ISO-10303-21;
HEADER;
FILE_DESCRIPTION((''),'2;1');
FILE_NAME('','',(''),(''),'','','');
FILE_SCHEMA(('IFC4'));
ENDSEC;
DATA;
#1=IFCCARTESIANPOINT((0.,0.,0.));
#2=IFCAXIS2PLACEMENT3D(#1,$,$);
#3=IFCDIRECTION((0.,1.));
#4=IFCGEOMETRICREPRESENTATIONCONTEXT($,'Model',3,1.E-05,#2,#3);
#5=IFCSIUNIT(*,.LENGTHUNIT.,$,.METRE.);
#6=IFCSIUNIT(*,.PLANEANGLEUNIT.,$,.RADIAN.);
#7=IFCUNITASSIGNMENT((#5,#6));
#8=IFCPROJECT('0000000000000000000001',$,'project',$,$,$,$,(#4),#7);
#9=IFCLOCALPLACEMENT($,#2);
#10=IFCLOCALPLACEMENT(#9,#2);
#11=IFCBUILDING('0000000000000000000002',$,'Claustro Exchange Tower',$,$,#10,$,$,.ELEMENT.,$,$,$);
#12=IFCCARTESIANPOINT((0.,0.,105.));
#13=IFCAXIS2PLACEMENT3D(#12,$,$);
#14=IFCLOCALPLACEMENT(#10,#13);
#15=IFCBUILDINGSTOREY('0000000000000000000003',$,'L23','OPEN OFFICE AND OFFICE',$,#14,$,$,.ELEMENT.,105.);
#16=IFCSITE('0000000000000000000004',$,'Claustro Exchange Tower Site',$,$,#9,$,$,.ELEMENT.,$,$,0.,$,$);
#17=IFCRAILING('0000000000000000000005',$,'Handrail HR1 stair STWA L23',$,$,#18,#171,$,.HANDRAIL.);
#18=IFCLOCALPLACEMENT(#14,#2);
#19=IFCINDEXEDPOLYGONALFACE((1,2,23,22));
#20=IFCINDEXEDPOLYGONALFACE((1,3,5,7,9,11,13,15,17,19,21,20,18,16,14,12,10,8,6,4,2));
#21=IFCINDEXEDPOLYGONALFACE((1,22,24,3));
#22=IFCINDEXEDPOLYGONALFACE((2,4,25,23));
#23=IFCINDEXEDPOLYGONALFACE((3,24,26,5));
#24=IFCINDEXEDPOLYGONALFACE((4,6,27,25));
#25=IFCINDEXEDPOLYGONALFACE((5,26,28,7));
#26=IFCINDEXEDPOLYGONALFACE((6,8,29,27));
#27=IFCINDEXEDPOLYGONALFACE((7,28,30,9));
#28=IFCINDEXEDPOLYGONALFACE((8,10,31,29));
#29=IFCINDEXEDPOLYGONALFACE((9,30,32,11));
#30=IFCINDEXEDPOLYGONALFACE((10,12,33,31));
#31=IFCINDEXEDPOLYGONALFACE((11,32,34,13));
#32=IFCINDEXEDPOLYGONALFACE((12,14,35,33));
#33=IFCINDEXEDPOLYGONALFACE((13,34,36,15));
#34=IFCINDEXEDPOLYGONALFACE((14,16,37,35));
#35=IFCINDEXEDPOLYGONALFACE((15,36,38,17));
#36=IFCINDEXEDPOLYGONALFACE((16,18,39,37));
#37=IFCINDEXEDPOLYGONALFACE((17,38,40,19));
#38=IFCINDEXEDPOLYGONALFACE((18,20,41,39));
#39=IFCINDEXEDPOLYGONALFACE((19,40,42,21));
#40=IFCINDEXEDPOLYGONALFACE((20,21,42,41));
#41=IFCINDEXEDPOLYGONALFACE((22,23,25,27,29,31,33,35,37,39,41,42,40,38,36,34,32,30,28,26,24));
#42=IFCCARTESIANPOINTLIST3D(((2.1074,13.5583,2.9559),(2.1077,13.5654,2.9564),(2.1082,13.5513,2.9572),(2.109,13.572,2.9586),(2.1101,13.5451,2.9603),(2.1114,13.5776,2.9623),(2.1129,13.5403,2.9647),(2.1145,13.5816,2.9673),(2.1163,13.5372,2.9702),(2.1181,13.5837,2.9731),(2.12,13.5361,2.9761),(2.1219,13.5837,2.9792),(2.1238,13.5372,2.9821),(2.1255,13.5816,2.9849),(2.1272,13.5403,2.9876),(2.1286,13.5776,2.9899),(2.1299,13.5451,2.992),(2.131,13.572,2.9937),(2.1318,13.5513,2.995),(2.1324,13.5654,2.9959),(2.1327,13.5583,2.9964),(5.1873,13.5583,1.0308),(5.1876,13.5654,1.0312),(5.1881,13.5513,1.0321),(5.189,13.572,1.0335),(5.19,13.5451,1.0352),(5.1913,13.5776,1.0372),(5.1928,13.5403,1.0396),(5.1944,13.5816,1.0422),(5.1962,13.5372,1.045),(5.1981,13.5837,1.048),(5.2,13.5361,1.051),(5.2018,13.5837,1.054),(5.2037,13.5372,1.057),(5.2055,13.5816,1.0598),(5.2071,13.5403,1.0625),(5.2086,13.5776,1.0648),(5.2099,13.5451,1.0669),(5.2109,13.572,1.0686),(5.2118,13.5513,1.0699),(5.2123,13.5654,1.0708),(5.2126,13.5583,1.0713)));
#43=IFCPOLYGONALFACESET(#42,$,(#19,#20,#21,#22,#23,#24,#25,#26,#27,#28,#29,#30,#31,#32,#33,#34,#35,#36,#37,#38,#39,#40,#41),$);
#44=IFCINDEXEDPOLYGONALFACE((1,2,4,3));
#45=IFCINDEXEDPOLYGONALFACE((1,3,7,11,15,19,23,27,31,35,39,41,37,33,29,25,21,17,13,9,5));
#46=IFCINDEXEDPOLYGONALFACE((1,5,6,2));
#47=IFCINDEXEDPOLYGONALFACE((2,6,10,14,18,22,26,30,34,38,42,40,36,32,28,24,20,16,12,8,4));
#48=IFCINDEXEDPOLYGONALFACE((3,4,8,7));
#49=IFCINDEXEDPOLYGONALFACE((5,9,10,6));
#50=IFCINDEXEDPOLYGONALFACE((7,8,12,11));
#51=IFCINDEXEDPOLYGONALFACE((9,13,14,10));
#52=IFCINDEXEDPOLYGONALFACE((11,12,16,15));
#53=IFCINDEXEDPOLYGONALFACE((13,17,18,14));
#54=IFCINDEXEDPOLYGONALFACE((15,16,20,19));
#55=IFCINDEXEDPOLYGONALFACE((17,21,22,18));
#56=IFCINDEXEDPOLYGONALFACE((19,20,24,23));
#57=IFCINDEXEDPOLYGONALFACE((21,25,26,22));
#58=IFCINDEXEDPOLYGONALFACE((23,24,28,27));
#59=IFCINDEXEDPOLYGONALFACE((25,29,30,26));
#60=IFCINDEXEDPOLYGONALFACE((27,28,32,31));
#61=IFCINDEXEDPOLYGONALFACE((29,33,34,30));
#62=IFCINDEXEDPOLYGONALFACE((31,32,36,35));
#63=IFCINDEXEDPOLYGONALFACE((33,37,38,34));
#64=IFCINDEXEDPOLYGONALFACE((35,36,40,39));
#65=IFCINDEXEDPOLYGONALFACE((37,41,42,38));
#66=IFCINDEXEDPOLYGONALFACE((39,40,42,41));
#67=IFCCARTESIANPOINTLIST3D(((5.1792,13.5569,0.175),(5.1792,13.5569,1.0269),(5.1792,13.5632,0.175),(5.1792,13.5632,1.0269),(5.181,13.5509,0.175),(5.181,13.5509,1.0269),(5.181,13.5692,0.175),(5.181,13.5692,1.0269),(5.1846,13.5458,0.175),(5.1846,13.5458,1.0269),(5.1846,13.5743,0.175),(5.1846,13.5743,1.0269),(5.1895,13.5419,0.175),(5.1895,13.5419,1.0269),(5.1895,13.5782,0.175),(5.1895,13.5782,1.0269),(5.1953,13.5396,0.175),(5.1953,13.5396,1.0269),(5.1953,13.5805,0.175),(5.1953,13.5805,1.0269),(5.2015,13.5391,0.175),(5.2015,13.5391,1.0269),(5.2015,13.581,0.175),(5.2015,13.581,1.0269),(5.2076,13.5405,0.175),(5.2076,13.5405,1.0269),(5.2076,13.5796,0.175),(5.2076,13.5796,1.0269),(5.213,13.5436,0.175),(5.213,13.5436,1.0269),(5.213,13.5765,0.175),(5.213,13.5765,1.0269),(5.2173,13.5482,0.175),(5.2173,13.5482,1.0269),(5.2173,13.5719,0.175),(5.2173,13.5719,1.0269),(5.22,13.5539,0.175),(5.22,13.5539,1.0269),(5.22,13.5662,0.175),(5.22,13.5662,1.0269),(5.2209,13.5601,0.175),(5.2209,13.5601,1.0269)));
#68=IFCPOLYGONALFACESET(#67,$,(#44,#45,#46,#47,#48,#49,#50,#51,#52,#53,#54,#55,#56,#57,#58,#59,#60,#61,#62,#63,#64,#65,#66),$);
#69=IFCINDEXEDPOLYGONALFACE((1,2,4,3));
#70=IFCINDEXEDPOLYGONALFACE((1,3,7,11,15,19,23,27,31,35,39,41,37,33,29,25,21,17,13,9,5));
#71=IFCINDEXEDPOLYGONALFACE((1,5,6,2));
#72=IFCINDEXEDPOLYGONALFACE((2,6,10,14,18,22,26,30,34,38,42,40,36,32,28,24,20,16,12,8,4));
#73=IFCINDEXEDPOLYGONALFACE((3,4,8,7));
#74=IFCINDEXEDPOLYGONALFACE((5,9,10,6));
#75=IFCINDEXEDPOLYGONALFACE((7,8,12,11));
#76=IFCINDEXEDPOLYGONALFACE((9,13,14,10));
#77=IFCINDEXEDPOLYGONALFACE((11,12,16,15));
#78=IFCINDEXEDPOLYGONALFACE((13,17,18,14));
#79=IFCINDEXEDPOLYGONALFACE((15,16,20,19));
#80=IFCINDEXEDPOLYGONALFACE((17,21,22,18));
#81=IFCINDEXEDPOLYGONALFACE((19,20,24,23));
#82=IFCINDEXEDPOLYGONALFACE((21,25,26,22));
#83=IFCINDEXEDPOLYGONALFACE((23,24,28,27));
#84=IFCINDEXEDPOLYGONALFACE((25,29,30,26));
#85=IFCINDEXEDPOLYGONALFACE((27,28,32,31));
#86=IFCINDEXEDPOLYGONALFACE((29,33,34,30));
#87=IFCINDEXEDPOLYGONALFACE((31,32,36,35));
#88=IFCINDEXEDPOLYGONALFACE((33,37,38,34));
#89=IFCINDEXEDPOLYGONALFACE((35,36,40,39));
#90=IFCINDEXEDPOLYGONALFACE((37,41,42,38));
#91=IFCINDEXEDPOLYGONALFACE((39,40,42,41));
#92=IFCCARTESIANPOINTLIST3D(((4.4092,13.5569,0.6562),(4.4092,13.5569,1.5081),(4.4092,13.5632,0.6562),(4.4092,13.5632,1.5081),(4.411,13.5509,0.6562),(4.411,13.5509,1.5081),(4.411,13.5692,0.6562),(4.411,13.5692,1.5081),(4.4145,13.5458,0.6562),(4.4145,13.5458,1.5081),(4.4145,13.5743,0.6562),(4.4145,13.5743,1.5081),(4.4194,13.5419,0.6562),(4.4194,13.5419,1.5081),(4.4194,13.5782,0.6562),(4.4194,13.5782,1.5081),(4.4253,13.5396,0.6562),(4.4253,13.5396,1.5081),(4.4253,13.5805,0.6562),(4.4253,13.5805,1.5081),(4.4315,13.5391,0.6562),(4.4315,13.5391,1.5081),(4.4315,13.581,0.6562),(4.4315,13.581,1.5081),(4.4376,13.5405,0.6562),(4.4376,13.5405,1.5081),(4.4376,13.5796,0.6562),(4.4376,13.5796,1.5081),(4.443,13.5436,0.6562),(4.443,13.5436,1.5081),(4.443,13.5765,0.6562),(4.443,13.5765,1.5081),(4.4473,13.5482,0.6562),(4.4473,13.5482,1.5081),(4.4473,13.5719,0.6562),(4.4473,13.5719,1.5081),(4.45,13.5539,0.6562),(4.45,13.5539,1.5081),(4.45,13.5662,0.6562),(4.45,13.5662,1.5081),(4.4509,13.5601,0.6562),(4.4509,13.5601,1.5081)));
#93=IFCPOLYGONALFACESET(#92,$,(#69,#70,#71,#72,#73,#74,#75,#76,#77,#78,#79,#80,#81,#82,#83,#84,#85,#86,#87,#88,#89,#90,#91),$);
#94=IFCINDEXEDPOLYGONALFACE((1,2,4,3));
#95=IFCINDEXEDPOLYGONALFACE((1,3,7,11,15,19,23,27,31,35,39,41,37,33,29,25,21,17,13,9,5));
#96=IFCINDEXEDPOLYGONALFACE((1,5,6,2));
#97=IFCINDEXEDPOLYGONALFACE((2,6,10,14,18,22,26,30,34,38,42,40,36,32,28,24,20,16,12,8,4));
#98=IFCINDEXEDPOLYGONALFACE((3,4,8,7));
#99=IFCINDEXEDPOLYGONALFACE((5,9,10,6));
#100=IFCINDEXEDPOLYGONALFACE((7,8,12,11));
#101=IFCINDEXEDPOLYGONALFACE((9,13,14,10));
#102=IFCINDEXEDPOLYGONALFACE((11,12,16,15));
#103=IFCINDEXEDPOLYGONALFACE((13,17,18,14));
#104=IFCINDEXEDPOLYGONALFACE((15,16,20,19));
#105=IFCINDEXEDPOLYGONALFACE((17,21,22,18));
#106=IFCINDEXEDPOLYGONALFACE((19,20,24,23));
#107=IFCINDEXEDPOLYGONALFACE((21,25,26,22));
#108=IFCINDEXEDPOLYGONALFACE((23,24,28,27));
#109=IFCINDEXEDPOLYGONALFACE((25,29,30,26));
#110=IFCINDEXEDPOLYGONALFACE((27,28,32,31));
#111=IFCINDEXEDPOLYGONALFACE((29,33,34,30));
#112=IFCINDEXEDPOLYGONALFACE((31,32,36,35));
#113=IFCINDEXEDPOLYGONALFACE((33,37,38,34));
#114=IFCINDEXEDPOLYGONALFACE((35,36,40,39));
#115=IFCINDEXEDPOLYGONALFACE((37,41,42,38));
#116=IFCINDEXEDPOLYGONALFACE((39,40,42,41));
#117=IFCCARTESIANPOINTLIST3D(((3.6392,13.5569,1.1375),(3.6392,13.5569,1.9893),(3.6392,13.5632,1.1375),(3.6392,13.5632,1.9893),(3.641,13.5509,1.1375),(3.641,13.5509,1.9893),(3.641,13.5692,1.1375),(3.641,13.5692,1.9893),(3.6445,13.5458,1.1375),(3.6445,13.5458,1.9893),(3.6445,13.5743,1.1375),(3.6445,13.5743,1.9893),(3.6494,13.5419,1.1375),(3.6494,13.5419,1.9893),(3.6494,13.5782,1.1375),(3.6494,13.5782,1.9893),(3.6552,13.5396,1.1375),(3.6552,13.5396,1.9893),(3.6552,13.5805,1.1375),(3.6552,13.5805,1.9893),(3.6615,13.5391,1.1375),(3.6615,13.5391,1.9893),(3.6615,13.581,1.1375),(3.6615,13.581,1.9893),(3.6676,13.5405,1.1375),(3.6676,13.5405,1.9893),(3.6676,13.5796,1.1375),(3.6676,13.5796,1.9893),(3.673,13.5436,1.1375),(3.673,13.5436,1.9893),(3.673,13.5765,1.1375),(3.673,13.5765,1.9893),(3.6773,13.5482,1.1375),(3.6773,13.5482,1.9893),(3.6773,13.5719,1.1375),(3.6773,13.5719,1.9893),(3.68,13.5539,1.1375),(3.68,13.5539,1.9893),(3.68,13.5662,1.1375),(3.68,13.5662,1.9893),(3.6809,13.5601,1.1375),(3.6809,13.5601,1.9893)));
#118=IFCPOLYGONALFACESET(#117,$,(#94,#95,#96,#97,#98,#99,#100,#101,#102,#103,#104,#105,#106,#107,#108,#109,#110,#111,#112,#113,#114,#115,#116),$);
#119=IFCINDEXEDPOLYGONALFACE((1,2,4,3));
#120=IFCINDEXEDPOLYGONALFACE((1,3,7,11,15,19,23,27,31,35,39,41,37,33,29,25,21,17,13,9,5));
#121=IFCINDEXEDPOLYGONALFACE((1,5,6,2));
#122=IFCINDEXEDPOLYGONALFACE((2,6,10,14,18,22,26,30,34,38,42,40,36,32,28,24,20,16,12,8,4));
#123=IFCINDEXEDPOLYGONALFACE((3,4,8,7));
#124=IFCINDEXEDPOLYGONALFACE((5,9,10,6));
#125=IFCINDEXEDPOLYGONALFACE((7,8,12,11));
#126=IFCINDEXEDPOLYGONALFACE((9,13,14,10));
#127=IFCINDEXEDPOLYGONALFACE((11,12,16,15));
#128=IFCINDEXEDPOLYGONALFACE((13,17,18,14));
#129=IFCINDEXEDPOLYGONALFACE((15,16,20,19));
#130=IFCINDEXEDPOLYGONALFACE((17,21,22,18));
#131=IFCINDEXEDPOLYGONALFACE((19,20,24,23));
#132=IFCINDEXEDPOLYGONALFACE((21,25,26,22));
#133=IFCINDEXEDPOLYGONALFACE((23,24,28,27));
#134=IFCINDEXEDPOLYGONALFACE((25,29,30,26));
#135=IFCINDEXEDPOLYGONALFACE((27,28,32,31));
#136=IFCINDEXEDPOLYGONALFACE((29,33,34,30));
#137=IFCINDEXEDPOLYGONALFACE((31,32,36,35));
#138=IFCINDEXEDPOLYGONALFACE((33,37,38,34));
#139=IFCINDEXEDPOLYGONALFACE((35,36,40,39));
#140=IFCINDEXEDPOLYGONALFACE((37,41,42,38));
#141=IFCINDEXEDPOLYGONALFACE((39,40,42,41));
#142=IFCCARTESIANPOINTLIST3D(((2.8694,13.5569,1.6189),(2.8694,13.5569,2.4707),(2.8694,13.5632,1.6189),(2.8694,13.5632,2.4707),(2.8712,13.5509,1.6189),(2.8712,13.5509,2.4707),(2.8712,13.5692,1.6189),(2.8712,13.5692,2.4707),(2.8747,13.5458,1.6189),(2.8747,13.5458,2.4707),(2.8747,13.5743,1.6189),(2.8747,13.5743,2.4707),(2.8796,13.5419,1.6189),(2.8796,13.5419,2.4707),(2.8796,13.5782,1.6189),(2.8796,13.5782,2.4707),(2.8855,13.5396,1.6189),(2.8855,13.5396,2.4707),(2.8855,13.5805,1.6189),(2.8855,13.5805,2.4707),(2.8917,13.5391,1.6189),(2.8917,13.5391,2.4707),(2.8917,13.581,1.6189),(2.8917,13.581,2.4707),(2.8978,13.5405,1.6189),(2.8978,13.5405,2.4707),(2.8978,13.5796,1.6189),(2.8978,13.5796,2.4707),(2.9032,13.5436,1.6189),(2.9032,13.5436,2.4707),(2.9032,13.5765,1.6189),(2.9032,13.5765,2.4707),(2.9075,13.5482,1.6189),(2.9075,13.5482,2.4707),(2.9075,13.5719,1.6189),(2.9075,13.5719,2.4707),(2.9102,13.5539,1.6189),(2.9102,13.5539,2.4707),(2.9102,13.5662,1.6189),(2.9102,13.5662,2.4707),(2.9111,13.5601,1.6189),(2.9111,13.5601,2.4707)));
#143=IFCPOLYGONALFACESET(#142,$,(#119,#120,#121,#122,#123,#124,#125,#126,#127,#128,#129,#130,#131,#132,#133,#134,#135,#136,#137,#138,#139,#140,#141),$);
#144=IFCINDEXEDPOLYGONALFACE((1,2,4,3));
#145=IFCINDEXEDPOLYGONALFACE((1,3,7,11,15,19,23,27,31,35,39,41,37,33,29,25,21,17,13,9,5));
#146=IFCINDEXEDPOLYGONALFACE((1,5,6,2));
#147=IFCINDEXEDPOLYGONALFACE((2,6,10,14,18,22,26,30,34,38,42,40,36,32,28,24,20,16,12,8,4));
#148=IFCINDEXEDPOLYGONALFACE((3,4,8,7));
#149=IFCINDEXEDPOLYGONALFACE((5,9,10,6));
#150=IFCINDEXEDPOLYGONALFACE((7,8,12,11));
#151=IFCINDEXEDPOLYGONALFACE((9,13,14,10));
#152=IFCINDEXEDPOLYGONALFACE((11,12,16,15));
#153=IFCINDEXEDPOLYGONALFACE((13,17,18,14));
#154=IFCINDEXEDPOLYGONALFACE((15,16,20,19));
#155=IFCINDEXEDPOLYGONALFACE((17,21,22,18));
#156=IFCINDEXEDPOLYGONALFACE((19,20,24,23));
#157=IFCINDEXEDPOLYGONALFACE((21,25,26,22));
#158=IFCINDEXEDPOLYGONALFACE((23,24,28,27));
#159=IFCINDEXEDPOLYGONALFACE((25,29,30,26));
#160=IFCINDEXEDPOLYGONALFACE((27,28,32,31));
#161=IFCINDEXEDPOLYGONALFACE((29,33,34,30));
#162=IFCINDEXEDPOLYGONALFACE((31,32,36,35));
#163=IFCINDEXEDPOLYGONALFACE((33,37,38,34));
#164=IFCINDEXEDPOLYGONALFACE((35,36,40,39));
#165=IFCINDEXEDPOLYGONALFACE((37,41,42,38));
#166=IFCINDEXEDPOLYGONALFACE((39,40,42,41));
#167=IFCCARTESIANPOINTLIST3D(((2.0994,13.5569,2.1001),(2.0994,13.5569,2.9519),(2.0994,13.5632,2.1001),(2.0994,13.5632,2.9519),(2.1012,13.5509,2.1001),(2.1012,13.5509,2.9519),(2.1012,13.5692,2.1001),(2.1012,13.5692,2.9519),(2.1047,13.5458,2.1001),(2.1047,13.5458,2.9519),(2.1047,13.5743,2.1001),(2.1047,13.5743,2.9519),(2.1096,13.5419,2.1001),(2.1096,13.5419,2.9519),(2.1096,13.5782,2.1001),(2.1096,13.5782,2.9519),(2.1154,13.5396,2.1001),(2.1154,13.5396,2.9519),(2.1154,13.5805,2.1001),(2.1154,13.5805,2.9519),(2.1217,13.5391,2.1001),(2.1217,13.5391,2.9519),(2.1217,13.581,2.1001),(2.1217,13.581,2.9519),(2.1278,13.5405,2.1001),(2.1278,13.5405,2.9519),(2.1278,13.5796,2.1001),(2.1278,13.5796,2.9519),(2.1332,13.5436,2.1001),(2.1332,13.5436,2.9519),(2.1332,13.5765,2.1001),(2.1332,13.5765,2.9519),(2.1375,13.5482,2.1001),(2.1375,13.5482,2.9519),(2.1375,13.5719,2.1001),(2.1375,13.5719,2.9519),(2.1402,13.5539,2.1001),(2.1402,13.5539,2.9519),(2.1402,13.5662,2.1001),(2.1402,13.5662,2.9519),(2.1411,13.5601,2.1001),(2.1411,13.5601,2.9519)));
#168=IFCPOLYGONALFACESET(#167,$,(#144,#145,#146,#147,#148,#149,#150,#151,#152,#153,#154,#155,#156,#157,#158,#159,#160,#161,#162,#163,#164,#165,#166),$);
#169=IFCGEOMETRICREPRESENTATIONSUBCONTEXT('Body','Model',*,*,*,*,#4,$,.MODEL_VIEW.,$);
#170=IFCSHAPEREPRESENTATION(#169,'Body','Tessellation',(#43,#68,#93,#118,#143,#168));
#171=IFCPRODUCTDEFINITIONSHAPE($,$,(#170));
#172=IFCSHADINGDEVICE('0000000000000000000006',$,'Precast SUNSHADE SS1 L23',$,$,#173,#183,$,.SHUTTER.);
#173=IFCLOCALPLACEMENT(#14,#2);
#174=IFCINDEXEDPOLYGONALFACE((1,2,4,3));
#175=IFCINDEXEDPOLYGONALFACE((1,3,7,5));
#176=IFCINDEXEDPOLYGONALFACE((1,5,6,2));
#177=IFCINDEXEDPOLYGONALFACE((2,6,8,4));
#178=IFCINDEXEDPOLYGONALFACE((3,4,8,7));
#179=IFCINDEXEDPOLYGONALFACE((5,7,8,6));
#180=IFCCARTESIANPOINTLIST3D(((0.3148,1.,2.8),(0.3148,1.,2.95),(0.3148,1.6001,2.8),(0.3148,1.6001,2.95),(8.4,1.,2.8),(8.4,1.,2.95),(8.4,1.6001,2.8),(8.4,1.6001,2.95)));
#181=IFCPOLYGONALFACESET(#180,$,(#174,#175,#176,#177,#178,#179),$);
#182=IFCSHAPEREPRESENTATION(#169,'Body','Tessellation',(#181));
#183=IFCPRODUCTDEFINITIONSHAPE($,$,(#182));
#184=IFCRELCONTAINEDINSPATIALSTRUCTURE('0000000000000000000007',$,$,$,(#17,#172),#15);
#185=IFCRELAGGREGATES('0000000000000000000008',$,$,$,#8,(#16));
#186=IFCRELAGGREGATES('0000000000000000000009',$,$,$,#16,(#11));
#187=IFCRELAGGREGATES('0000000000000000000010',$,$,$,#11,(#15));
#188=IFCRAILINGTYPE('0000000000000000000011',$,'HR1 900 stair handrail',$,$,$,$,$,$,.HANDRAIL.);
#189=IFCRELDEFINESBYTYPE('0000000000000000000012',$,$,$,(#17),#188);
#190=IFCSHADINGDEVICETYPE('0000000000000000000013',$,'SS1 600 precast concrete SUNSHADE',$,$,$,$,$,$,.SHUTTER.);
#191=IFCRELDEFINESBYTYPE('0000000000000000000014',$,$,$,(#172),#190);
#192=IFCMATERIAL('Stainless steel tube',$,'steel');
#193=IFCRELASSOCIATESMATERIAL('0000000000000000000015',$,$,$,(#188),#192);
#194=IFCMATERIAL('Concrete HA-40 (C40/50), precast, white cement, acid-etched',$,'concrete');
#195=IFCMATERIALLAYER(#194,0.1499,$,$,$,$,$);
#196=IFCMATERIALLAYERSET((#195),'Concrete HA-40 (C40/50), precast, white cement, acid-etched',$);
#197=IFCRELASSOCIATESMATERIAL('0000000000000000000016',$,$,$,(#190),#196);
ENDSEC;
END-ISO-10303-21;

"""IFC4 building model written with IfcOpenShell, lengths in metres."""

from ifc_helpers import new_model, si_unit, direction, frame, origin, origin_2d, place, context, subcontext, project, spatial, rectangle, circle, extrude, material, layer, layer_set, type_object, element, save


model = new_model("IFC4")

# Units and contexts
model_context = context("Model", 3, precision=1e-05, world=origin(), true_north=direction((0.0, 1.0)))
body_context = subcontext(model_context, "Body", "Model", "MODEL_VIEW")
ifc_project = project(units=[si_unit("LENGTHUNIT", "METRE"), si_unit("PLANEANGLEUNIT", "RADIAN")], contexts=[model_context])

# Site, building, storey
site_placement = place(None, origin())
site = spatial("IfcSite", under=ifc_project, at=site_placement, Name="Claustro Exchange Tower Site", CompositionType="ELEMENT", RefElevation=0.0)
building_placement = place(site_placement, origin())
building = spatial("IfcBuilding", under=site, at=building_placement, Name="Claustro Exchange Tower", CompositionType="ELEMENT")
storey_placement = place(building_placement, frame((0.0, 0.0, 105.0)))
storey = spatial("IfcBuildingStorey", under=building, at=storey_placement, Name="L23", Description="OPEN OFFICE AND OFFICE", CompositionType="ELEMENT", Elevation=105.0)

# Railing
ifc_material_1 = material(Name="Stainless steel tube", Category="steel")
railing_type_1 = type_object("IfcRailingType", Name="HR1 900 stair handrail", PredefinedType="HANDRAIL", material=ifc_material_1)
railing_1_placement = place(storey_placement, frame((5.2, 13.5601, 0.175)))
element("IfcRailing", 1, at=railing_1_placement, inside=storey, type_object=railing_type_1, Name="Handrail HR1 stair STWA L23", PredefinedType="HANDRAIL", context=body_context, shape_type="SweptSolid", body=[
    extrude(circle(Radius=0.0239, at=origin_2d()), frame((0.0, 0.0, 0.876), z_axis=(-0.847979, 0.0, 0.530029), x_axis=(0.0, -1.0, 0.0)), (0.0, 0.0, 1.0), 3.6321),
    extrude(circle(Radius=0.021, at=origin_2d()), origin(), (0.0, 0.0, 1.0), 0.8518),
    extrude(circle(Radius=0.021, at=origin_2d()), frame((-0.77, 0.0, 0.4812)), (0.0, 0.0, 1.0), 0.8518),
    extrude(circle(Radius=0.021, at=origin_2d()), frame((-1.54, 0.0, 0.9624)), (0.0, 0.0, 1.0), 0.8518),
    extrude(circle(Radius=0.021, at=origin_2d()), frame((-2.3098, 0.0, 1.4438)), (0.0, 0.0, 1.0), 0.8518),
    extrude(circle(Radius=0.021, at=origin_2d()), frame((-3.0798, 0.0, 1.925)), (0.0, 0.0, 1.0), 0.8518),
])

# Shading device
ifc_material_2 = material(Name="Concrete HA-40 (C40/50), precast, white cement, acid-etched", Category="concrete")
ifc_layer_1 = layer(ifc_material_2, 0.1499)
ifc_layer_set_1 = layer_set([ifc_layer_1], Name="Concrete HA-40 (C40/50), precast, white cement, acid-etched")
shading_device_type = type_object("IfcShadingDeviceType", Name="SS1 600 precast concrete SUNSHADE", PredefinedType="SHUTTER", material=ifc_layer_set_1)
shading_device_placement = place(storey_placement, frame((4.3574, 1.3, 2.8), z_axis=(0.0, 0.0, 1.0), x_axis=(-1.0, 0.0, 0.0)))
element("IfcShadingDevice", 2, at=shading_device_placement, inside=storey, type_object=shading_device_type, Name="Precast SUNSHADE SS1 L23", PredefinedType="SHUTTER", context=body_context, shape_type="SweptSolid", body=[
    extrude(rectangle(XDim=8.0852, YDim=0.6001, at=origin_2d()), origin(), (0.0, 0.0, 1.0), 0.1499),
])

save(model, "model.ifc")
